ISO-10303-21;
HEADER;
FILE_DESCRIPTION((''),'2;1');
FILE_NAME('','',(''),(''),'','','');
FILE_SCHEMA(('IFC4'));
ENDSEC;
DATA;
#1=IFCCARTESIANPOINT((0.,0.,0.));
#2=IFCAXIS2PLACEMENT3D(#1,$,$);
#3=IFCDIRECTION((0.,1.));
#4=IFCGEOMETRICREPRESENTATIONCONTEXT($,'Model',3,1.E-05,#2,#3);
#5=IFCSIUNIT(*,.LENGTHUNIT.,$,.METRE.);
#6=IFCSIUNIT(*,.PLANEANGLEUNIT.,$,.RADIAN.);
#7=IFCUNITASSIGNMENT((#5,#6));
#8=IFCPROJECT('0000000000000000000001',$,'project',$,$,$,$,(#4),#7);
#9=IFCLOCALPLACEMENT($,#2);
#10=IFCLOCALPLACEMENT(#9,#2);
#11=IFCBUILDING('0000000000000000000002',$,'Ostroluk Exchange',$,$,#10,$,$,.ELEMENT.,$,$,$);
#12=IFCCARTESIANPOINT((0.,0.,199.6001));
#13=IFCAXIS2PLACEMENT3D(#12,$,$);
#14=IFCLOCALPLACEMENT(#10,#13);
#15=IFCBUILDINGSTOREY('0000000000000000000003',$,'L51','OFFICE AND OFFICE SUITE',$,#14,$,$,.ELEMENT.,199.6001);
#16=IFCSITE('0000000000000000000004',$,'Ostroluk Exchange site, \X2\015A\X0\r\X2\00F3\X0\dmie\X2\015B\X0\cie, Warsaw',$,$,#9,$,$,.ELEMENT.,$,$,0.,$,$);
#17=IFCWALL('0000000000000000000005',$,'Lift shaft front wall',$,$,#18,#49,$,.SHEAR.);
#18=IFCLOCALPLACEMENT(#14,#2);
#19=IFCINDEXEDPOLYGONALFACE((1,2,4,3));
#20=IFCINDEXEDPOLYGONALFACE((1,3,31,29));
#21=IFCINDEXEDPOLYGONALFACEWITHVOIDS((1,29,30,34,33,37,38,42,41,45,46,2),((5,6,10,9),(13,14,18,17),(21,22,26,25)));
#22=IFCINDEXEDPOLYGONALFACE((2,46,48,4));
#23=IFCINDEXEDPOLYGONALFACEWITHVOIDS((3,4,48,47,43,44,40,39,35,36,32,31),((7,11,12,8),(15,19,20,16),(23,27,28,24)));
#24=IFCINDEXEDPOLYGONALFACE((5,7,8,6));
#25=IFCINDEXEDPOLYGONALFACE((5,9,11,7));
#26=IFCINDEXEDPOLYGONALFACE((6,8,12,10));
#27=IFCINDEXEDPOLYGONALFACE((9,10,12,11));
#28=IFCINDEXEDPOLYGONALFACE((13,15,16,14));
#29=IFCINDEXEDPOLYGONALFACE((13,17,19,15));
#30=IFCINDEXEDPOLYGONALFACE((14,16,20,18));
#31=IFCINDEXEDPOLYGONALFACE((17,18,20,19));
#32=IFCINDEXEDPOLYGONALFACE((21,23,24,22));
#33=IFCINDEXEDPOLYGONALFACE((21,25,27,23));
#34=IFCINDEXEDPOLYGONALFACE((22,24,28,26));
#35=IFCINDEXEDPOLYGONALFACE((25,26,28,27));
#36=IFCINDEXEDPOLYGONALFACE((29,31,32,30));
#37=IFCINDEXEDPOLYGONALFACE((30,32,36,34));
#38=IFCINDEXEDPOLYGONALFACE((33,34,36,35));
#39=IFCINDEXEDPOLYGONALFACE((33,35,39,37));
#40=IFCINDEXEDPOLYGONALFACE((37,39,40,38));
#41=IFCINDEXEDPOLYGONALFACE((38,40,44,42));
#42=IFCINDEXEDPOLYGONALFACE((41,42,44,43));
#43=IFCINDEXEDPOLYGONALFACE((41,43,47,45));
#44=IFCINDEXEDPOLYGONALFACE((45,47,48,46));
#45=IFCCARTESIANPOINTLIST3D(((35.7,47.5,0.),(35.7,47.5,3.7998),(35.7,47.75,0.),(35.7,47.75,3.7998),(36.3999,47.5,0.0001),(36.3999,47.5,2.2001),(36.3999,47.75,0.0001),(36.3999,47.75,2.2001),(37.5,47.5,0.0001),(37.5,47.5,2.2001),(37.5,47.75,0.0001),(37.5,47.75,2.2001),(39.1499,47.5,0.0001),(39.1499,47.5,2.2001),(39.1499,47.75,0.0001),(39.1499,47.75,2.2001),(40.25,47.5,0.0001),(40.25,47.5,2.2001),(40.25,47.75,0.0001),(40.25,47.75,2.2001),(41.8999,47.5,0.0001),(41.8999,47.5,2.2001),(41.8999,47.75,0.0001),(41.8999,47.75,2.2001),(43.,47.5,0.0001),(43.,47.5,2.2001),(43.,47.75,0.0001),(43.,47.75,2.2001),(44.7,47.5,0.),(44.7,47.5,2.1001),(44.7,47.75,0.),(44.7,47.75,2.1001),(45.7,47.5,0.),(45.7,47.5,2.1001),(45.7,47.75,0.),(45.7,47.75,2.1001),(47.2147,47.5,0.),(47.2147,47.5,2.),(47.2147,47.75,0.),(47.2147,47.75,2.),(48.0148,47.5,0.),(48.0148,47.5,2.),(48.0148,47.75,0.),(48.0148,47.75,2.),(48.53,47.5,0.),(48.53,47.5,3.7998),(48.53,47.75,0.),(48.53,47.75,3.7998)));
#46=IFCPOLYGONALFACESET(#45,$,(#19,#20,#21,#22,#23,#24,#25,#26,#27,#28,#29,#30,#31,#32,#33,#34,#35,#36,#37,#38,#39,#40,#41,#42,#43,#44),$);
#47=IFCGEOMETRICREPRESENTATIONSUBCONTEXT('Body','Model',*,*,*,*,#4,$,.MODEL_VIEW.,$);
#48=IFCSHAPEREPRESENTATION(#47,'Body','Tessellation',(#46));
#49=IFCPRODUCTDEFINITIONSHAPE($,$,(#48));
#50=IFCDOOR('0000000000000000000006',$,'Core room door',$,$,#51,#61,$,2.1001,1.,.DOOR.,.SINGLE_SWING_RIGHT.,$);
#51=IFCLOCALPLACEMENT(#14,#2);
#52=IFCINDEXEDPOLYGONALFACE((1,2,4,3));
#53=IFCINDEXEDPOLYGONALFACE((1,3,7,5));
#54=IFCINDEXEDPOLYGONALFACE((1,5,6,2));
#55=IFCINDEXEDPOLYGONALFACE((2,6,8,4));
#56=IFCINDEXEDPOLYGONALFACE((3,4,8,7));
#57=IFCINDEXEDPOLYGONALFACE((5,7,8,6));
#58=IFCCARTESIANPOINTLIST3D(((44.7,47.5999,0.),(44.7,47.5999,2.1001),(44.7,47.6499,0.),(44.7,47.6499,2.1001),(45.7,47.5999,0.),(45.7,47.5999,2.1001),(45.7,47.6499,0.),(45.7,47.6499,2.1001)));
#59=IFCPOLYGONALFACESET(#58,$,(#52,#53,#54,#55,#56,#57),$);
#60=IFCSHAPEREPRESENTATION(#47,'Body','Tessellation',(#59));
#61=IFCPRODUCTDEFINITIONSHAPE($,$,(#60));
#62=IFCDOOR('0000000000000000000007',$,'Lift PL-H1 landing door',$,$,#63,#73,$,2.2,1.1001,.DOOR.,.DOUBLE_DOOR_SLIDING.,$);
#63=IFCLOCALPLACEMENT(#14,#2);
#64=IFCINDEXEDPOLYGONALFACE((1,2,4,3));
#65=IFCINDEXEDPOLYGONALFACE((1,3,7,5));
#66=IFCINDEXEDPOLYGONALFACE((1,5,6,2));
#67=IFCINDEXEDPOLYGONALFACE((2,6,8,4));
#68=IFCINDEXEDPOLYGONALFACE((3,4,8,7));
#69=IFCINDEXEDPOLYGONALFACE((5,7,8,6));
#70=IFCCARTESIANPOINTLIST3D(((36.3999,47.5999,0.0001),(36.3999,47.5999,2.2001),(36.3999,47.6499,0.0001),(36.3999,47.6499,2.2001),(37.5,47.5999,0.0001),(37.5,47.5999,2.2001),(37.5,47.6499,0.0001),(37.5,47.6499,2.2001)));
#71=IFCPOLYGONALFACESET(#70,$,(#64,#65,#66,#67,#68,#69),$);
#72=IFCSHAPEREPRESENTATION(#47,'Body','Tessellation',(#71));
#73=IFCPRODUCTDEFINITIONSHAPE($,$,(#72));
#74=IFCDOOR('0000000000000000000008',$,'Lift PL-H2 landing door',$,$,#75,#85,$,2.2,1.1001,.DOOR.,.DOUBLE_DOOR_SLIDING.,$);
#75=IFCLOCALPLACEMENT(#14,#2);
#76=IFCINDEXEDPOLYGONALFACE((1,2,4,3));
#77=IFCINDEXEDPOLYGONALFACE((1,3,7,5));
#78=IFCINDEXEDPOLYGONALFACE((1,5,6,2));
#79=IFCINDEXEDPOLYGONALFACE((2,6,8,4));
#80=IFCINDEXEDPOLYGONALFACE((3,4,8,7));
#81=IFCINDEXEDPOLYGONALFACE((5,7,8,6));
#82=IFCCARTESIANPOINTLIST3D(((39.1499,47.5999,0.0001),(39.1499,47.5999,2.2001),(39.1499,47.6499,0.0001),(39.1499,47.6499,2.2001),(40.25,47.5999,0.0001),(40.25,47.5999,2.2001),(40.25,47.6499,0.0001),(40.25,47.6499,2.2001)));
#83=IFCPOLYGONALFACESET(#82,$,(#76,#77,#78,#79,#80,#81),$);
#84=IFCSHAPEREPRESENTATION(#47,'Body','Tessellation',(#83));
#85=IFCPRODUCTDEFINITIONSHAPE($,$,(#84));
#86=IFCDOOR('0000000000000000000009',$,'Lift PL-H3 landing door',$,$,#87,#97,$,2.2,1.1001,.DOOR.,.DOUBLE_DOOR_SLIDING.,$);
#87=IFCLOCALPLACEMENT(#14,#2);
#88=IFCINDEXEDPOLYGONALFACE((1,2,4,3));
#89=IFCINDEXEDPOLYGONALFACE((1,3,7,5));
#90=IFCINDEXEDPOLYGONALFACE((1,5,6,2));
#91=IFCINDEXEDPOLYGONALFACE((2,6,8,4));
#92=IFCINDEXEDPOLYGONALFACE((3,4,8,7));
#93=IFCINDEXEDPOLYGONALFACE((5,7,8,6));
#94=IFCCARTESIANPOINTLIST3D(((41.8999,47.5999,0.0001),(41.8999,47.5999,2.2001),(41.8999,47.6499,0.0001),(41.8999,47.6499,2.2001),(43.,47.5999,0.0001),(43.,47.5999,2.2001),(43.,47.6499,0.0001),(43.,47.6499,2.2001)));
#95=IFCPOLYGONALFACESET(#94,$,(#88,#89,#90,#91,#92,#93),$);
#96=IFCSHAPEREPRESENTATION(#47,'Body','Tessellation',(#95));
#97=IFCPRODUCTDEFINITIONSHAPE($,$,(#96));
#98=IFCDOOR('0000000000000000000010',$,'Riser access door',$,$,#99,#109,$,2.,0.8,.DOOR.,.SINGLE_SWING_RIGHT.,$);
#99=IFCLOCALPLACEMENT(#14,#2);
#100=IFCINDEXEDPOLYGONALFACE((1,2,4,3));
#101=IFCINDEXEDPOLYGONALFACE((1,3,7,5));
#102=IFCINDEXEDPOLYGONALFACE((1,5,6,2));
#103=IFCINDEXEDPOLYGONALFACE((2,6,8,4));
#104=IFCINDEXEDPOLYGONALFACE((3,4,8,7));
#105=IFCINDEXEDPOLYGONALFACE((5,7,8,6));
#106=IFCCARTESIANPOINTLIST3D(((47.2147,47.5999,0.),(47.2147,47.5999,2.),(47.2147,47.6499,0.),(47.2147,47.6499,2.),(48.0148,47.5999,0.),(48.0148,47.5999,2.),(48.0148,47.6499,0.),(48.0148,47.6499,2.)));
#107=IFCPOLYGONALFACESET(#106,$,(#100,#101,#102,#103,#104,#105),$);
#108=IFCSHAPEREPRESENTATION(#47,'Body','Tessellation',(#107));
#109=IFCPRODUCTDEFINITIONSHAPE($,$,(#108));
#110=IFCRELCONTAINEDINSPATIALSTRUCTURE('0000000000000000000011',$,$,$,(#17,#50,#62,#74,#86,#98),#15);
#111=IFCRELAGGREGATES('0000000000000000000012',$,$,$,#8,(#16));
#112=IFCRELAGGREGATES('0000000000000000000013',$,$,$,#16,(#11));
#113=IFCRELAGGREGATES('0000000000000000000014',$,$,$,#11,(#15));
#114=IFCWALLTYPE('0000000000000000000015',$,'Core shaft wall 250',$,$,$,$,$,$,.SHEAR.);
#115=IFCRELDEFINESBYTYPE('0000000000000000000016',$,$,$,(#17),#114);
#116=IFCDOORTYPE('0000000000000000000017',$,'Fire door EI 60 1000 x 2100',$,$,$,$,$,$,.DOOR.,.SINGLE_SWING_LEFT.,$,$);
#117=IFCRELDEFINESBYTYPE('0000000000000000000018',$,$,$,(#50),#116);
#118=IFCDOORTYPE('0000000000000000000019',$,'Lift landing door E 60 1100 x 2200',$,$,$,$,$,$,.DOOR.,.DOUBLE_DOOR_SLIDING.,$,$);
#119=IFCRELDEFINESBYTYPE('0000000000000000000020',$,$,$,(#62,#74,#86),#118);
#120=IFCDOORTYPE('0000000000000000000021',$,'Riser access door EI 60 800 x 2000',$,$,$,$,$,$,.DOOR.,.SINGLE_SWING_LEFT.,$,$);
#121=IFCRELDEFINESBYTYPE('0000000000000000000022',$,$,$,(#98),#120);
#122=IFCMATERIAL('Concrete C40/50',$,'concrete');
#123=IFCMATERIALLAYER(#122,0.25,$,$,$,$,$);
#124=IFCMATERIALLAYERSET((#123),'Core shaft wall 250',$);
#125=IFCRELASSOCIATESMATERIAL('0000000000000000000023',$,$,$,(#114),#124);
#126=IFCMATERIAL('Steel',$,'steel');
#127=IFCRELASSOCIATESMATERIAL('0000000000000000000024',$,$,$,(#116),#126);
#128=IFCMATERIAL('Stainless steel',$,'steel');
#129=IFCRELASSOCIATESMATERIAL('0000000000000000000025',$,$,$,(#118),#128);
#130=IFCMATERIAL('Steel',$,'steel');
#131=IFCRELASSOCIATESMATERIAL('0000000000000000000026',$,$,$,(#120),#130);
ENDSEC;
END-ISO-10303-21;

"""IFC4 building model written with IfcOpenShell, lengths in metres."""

from ifc_helpers import new_model, si_unit, direction, frame, frame_2d, origin, place, context, subcontext, project, spatial, rectangle, extrude, material, layer, layer_set, type_object, element, fill, save


model = new_model("IFC4")

# Units and contexts
model_context = context("Model", 3, precision=1e-05, world=origin(), true_north=direction((0.0, 1.0)))
body_context = subcontext(model_context, "Body", "Model", "MODEL_VIEW")
ifc_project = project(units=[si_unit("LENGTHUNIT", "METRE"), si_unit("PLANEANGLEUNIT", "RADIAN")], contexts=[model_context])

# Site, building, storey
site_placement = place(None, origin())
site = spatial("IfcSite", under=ifc_project, at=site_placement, Name="Ostroluk Exchange site, Śródmieście, Warsaw", CompositionType="ELEMENT", RefElevation=0.0)
building_placement = place(site_placement, origin())
building = spatial("IfcBuilding", under=site, at=building_placement, Name="Ostroluk Exchange", CompositionType="ELEMENT")
storey_placement = place(building_placement, frame((0.0, 0.0, 199.6001)))
storey = spatial("IfcBuildingStorey", under=building, at=storey_placement, Name="L51", Description="OFFICE AND OFFICE SUITE", CompositionType="ELEMENT", Elevation=199.6001)

# Shared definitions
ifc_material_1 = material(Name="Concrete C40/50", Category="concrete")
ifc_layer_1 = layer(ifc_material_1, 0.25)
ifc_layer_set_1 = layer_set([ifc_layer_1], Name="Core shaft wall 250")
wall_type_1 = type_object("IfcWallType", Name="Core shaft wall 250", PredefinedType="SHEAR", material=ifc_layer_set_1)

# Wall, openings, doors
wall_1_placement = place(storey_placement, frame((35.7, 47.625, 0.0), z_axis=(0.0, 0.0, 1.0), x_axis=(1.0, 0.0, 0.0)))
wall_1 = element("IfcWall", 1, at=wall_1_placement, inside=storey, type_object=wall_type_1, Name="Lift shaft front wall", PredefinedType="SHEAR", context=body_context, shape_type="SweptSolid", body=[
    extrude(rectangle(XDim=12.8301, YDim=0.25, at=frame_2d((6.415, 0.0))), origin(), (0.0, 0.0, 1.0), 3.7998),
])
opening_1_placement = place(wall_1_placement, frame((0.7, 0.0, 0.0)))
opening_1 = element("IfcOpeningElement", 2, at=opening_1_placement, cuts=wall_1, PredefinedType="OPENING", context=body_context, shape_type="SweptSolid", body=[
    extrude(rectangle(XDim=1.1001, YDim=2.2, at=frame_2d((0.55, 1.1001))), frame((0.0, 0.135, 0.0), z_axis=(0.0, -1.0, 0.0), x_axis=(1.0, 0.0, 0.0)), (0.0, 0.0, 1.0), 0.27),
])
opening_2_placement = place(wall_1_placement, frame((3.45, 0.0, 0.0)))
opening_2 = element("IfcOpeningElement", 3, at=opening_2_placement, cuts=wall_1, PredefinedType="OPENING", context=body_context, shape_type="SweptSolid", body=[
    extrude(rectangle(XDim=1.1001, YDim=2.2, at=frame_2d((0.55, 1.1001))), frame((0.0, 0.135, 0.0), z_axis=(0.0, -1.0, 0.0), x_axis=(1.0, 0.0, 0.0)), (0.0, 0.0, 1.0), 0.27),
])
opening_3_placement = place(wall_1_placement, frame((6.2, 0.0, 0.0)))
opening_3 = element("IfcOpeningElement", 4, at=opening_3_placement, cuts=wall_1, PredefinedType="OPENING", context=body_context, shape_type="SweptSolid", body=[
    extrude(rectangle(XDim=1.1001, YDim=2.2, at=frame_2d((0.55, 1.1001))), frame((0.0, 0.135, 0.0), z_axis=(0.0, -1.0, 0.0), x_axis=(1.0, 0.0, 0.0)), (0.0, 0.0, 1.0), 0.27),
])
opening_4_placement = place(wall_1_placement, frame((9.0, 0.0, 0.0)))
opening_4 = element("IfcOpeningElement", 5, at=opening_4_placement, cuts=wall_1, PredefinedType="OPENING", context=body_context, shape_type="SweptSolid", body=[
    extrude(rectangle(XDim=1.0, YDim=2.1001, at=frame_2d((0.5, 1.05))), frame((0.0, 0.135, 0.0), z_axis=(0.0, -1.0, 0.0), x_axis=(1.0, 0.0, 0.0)), (0.0, 0.0, 1.0), 0.27),
])
opening_5_placement = place(wall_1_placement, frame((11.5149, 0.0, 0.0)))
opening_5 = element("IfcOpeningElement", 6, at=opening_5_placement, cuts=wall_1, PredefinedType="OPENING", context=body_context, shape_type="SweptSolid", body=[
    extrude(rectangle(XDim=0.8, YDim=2.0, at=frame_2d((0.3999, 1.0))), frame((0.0, 0.135, 0.0), z_axis=(0.0, -1.0, 0.0), x_axis=(1.0, 0.0, 0.0)), (0.0, 0.0, 1.0), 0.27),
])
ifc_material_2 = material(Name="Steel", Category="steel")
door_type_1 = type_object("IfcDoorType", Name="Fire door EI 60 1000 x 2100", OperationType="SINGLE_SWING_LEFT", PredefinedType="DOOR", material=ifc_material_2)
door_1_placement = place(opening_4_placement, origin())
door_1 = element("IfcDoor", 7, at=door_1_placement, inside=storey, type_object=door_type_1, Name="Core room door", OperationType="SINGLE_SWING_RIGHT", OverallHeight=2.1001, OverallWidth=1.0, PredefinedType="DOOR", context=body_context, shape_type="SweptSolid", body=[
    extrude(rectangle(XDim=1.0, YDim=2.1001, at=frame_2d((0.5, 1.05))), frame((0.0, 0.0249, 0.0), z_axis=(0.0, -1.0, 0.0), x_axis=(1.0, 0.0, 0.0)), (0.0, 0.0, 1.0), 0.05),
])
fill(opening_4, door_1)
ifc_material_3 = material(Name="Stainless steel", Category="steel")
door_type_2 = type_object("IfcDoorType", Name="Lift landing door E 60 1100 x 2200", OperationType="DOUBLE_DOOR_SLIDING", PredefinedType="DOOR", material=ifc_material_3)
door_2_placement = place(opening_1_placement, origin())
door_2 = element("IfcDoor", 8, at=door_2_placement, inside=storey, type_object=door_type_2, Name="Lift PL-H1 landing door", OperationType="DOUBLE_DOOR_SLIDING", OverallHeight=2.2, OverallWidth=1.1001, PredefinedType="DOOR", context=body_context, shape_type="SweptSolid", body=[
    extrude(rectangle(XDim=1.1001, YDim=2.2, at=frame_2d((0.55, 1.1001))), frame((0.0, 0.0249, 0.0), z_axis=(0.0, -1.0, 0.0), x_axis=(1.0, 0.0, 0.0)), (0.0, 0.0, 1.0), 0.05),
])
fill(opening_1, door_2)
door_3_placement = place(opening_2_placement, origin())
door_3 = element("IfcDoor", 9, at=door_3_placement, inside=storey, type_object=door_type_2, Name="Lift PL-H2 landing door", OperationType="DOUBLE_DOOR_SLIDING", OverallHeight=2.2, OverallWidth=1.1001, PredefinedType="DOOR", context=body_context, shape_type="SweptSolid", body=[
    extrude(rectangle(XDim=1.1001, YDim=2.2, at=frame_2d((0.55, 1.1001))), frame((0.0, 0.0249, 0.0), z_axis=(0.0, -1.0, 0.0), x_axis=(1.0, 0.0, 0.0)), (0.0, 0.0, 1.0), 0.05),
])
fill(opening_2, door_3)
door_4_placement = place(opening_3_placement, origin())
door_4 = element("IfcDoor", 10, at=door_4_placement, inside=storey, type_object=door_type_2, Name="Lift PL-H3 landing door", OperationType="DOUBLE_DOOR_SLIDING", OverallHeight=2.2, OverallWidth=1.1001, PredefinedType="DOOR", context=body_context, shape_type="SweptSolid", body=[
    extrude(rectangle(XDim=1.1001, YDim=2.2, at=frame_2d((0.55, 1.1001))), frame((0.0, 0.0249, 0.0), z_axis=(0.0, -1.0, 0.0), x_axis=(1.0, 0.0, 0.0)), (0.0, 0.0, 1.0), 0.05),
])
fill(opening_3, door_4)
ifc_material_4 = material(Name="Steel", Category="steel")
door_type_3 = type_object("IfcDoorType", Name="Riser access door EI 60 800 x 2000", OperationType="SINGLE_SWING_LEFT", PredefinedType="DOOR", material=ifc_material_4)
door_5_placement = place(opening_5_placement, origin())
door_5 = element("IfcDoor", 11, at=door_5_placement, inside=storey, type_object=door_type_3, Name="Riser access door", OperationType="SINGLE_SWING_RIGHT", OverallHeight=2.0, OverallWidth=0.8, PredefinedType="DOOR", context=body_context, shape_type="SweptSolid", body=[
    extrude(rectangle(XDim=0.8, YDim=2.0, at=frame_2d((0.3999, 1.0))), frame((0.0, 0.0249, 0.0), z_axis=(0.0, -1.0, 0.0), x_axis=(1.0, 0.0, 0.0)), (0.0, 0.0, 1.0), 0.05),
])
fill(opening_5, door_5)

save(model, "model.ifc")
